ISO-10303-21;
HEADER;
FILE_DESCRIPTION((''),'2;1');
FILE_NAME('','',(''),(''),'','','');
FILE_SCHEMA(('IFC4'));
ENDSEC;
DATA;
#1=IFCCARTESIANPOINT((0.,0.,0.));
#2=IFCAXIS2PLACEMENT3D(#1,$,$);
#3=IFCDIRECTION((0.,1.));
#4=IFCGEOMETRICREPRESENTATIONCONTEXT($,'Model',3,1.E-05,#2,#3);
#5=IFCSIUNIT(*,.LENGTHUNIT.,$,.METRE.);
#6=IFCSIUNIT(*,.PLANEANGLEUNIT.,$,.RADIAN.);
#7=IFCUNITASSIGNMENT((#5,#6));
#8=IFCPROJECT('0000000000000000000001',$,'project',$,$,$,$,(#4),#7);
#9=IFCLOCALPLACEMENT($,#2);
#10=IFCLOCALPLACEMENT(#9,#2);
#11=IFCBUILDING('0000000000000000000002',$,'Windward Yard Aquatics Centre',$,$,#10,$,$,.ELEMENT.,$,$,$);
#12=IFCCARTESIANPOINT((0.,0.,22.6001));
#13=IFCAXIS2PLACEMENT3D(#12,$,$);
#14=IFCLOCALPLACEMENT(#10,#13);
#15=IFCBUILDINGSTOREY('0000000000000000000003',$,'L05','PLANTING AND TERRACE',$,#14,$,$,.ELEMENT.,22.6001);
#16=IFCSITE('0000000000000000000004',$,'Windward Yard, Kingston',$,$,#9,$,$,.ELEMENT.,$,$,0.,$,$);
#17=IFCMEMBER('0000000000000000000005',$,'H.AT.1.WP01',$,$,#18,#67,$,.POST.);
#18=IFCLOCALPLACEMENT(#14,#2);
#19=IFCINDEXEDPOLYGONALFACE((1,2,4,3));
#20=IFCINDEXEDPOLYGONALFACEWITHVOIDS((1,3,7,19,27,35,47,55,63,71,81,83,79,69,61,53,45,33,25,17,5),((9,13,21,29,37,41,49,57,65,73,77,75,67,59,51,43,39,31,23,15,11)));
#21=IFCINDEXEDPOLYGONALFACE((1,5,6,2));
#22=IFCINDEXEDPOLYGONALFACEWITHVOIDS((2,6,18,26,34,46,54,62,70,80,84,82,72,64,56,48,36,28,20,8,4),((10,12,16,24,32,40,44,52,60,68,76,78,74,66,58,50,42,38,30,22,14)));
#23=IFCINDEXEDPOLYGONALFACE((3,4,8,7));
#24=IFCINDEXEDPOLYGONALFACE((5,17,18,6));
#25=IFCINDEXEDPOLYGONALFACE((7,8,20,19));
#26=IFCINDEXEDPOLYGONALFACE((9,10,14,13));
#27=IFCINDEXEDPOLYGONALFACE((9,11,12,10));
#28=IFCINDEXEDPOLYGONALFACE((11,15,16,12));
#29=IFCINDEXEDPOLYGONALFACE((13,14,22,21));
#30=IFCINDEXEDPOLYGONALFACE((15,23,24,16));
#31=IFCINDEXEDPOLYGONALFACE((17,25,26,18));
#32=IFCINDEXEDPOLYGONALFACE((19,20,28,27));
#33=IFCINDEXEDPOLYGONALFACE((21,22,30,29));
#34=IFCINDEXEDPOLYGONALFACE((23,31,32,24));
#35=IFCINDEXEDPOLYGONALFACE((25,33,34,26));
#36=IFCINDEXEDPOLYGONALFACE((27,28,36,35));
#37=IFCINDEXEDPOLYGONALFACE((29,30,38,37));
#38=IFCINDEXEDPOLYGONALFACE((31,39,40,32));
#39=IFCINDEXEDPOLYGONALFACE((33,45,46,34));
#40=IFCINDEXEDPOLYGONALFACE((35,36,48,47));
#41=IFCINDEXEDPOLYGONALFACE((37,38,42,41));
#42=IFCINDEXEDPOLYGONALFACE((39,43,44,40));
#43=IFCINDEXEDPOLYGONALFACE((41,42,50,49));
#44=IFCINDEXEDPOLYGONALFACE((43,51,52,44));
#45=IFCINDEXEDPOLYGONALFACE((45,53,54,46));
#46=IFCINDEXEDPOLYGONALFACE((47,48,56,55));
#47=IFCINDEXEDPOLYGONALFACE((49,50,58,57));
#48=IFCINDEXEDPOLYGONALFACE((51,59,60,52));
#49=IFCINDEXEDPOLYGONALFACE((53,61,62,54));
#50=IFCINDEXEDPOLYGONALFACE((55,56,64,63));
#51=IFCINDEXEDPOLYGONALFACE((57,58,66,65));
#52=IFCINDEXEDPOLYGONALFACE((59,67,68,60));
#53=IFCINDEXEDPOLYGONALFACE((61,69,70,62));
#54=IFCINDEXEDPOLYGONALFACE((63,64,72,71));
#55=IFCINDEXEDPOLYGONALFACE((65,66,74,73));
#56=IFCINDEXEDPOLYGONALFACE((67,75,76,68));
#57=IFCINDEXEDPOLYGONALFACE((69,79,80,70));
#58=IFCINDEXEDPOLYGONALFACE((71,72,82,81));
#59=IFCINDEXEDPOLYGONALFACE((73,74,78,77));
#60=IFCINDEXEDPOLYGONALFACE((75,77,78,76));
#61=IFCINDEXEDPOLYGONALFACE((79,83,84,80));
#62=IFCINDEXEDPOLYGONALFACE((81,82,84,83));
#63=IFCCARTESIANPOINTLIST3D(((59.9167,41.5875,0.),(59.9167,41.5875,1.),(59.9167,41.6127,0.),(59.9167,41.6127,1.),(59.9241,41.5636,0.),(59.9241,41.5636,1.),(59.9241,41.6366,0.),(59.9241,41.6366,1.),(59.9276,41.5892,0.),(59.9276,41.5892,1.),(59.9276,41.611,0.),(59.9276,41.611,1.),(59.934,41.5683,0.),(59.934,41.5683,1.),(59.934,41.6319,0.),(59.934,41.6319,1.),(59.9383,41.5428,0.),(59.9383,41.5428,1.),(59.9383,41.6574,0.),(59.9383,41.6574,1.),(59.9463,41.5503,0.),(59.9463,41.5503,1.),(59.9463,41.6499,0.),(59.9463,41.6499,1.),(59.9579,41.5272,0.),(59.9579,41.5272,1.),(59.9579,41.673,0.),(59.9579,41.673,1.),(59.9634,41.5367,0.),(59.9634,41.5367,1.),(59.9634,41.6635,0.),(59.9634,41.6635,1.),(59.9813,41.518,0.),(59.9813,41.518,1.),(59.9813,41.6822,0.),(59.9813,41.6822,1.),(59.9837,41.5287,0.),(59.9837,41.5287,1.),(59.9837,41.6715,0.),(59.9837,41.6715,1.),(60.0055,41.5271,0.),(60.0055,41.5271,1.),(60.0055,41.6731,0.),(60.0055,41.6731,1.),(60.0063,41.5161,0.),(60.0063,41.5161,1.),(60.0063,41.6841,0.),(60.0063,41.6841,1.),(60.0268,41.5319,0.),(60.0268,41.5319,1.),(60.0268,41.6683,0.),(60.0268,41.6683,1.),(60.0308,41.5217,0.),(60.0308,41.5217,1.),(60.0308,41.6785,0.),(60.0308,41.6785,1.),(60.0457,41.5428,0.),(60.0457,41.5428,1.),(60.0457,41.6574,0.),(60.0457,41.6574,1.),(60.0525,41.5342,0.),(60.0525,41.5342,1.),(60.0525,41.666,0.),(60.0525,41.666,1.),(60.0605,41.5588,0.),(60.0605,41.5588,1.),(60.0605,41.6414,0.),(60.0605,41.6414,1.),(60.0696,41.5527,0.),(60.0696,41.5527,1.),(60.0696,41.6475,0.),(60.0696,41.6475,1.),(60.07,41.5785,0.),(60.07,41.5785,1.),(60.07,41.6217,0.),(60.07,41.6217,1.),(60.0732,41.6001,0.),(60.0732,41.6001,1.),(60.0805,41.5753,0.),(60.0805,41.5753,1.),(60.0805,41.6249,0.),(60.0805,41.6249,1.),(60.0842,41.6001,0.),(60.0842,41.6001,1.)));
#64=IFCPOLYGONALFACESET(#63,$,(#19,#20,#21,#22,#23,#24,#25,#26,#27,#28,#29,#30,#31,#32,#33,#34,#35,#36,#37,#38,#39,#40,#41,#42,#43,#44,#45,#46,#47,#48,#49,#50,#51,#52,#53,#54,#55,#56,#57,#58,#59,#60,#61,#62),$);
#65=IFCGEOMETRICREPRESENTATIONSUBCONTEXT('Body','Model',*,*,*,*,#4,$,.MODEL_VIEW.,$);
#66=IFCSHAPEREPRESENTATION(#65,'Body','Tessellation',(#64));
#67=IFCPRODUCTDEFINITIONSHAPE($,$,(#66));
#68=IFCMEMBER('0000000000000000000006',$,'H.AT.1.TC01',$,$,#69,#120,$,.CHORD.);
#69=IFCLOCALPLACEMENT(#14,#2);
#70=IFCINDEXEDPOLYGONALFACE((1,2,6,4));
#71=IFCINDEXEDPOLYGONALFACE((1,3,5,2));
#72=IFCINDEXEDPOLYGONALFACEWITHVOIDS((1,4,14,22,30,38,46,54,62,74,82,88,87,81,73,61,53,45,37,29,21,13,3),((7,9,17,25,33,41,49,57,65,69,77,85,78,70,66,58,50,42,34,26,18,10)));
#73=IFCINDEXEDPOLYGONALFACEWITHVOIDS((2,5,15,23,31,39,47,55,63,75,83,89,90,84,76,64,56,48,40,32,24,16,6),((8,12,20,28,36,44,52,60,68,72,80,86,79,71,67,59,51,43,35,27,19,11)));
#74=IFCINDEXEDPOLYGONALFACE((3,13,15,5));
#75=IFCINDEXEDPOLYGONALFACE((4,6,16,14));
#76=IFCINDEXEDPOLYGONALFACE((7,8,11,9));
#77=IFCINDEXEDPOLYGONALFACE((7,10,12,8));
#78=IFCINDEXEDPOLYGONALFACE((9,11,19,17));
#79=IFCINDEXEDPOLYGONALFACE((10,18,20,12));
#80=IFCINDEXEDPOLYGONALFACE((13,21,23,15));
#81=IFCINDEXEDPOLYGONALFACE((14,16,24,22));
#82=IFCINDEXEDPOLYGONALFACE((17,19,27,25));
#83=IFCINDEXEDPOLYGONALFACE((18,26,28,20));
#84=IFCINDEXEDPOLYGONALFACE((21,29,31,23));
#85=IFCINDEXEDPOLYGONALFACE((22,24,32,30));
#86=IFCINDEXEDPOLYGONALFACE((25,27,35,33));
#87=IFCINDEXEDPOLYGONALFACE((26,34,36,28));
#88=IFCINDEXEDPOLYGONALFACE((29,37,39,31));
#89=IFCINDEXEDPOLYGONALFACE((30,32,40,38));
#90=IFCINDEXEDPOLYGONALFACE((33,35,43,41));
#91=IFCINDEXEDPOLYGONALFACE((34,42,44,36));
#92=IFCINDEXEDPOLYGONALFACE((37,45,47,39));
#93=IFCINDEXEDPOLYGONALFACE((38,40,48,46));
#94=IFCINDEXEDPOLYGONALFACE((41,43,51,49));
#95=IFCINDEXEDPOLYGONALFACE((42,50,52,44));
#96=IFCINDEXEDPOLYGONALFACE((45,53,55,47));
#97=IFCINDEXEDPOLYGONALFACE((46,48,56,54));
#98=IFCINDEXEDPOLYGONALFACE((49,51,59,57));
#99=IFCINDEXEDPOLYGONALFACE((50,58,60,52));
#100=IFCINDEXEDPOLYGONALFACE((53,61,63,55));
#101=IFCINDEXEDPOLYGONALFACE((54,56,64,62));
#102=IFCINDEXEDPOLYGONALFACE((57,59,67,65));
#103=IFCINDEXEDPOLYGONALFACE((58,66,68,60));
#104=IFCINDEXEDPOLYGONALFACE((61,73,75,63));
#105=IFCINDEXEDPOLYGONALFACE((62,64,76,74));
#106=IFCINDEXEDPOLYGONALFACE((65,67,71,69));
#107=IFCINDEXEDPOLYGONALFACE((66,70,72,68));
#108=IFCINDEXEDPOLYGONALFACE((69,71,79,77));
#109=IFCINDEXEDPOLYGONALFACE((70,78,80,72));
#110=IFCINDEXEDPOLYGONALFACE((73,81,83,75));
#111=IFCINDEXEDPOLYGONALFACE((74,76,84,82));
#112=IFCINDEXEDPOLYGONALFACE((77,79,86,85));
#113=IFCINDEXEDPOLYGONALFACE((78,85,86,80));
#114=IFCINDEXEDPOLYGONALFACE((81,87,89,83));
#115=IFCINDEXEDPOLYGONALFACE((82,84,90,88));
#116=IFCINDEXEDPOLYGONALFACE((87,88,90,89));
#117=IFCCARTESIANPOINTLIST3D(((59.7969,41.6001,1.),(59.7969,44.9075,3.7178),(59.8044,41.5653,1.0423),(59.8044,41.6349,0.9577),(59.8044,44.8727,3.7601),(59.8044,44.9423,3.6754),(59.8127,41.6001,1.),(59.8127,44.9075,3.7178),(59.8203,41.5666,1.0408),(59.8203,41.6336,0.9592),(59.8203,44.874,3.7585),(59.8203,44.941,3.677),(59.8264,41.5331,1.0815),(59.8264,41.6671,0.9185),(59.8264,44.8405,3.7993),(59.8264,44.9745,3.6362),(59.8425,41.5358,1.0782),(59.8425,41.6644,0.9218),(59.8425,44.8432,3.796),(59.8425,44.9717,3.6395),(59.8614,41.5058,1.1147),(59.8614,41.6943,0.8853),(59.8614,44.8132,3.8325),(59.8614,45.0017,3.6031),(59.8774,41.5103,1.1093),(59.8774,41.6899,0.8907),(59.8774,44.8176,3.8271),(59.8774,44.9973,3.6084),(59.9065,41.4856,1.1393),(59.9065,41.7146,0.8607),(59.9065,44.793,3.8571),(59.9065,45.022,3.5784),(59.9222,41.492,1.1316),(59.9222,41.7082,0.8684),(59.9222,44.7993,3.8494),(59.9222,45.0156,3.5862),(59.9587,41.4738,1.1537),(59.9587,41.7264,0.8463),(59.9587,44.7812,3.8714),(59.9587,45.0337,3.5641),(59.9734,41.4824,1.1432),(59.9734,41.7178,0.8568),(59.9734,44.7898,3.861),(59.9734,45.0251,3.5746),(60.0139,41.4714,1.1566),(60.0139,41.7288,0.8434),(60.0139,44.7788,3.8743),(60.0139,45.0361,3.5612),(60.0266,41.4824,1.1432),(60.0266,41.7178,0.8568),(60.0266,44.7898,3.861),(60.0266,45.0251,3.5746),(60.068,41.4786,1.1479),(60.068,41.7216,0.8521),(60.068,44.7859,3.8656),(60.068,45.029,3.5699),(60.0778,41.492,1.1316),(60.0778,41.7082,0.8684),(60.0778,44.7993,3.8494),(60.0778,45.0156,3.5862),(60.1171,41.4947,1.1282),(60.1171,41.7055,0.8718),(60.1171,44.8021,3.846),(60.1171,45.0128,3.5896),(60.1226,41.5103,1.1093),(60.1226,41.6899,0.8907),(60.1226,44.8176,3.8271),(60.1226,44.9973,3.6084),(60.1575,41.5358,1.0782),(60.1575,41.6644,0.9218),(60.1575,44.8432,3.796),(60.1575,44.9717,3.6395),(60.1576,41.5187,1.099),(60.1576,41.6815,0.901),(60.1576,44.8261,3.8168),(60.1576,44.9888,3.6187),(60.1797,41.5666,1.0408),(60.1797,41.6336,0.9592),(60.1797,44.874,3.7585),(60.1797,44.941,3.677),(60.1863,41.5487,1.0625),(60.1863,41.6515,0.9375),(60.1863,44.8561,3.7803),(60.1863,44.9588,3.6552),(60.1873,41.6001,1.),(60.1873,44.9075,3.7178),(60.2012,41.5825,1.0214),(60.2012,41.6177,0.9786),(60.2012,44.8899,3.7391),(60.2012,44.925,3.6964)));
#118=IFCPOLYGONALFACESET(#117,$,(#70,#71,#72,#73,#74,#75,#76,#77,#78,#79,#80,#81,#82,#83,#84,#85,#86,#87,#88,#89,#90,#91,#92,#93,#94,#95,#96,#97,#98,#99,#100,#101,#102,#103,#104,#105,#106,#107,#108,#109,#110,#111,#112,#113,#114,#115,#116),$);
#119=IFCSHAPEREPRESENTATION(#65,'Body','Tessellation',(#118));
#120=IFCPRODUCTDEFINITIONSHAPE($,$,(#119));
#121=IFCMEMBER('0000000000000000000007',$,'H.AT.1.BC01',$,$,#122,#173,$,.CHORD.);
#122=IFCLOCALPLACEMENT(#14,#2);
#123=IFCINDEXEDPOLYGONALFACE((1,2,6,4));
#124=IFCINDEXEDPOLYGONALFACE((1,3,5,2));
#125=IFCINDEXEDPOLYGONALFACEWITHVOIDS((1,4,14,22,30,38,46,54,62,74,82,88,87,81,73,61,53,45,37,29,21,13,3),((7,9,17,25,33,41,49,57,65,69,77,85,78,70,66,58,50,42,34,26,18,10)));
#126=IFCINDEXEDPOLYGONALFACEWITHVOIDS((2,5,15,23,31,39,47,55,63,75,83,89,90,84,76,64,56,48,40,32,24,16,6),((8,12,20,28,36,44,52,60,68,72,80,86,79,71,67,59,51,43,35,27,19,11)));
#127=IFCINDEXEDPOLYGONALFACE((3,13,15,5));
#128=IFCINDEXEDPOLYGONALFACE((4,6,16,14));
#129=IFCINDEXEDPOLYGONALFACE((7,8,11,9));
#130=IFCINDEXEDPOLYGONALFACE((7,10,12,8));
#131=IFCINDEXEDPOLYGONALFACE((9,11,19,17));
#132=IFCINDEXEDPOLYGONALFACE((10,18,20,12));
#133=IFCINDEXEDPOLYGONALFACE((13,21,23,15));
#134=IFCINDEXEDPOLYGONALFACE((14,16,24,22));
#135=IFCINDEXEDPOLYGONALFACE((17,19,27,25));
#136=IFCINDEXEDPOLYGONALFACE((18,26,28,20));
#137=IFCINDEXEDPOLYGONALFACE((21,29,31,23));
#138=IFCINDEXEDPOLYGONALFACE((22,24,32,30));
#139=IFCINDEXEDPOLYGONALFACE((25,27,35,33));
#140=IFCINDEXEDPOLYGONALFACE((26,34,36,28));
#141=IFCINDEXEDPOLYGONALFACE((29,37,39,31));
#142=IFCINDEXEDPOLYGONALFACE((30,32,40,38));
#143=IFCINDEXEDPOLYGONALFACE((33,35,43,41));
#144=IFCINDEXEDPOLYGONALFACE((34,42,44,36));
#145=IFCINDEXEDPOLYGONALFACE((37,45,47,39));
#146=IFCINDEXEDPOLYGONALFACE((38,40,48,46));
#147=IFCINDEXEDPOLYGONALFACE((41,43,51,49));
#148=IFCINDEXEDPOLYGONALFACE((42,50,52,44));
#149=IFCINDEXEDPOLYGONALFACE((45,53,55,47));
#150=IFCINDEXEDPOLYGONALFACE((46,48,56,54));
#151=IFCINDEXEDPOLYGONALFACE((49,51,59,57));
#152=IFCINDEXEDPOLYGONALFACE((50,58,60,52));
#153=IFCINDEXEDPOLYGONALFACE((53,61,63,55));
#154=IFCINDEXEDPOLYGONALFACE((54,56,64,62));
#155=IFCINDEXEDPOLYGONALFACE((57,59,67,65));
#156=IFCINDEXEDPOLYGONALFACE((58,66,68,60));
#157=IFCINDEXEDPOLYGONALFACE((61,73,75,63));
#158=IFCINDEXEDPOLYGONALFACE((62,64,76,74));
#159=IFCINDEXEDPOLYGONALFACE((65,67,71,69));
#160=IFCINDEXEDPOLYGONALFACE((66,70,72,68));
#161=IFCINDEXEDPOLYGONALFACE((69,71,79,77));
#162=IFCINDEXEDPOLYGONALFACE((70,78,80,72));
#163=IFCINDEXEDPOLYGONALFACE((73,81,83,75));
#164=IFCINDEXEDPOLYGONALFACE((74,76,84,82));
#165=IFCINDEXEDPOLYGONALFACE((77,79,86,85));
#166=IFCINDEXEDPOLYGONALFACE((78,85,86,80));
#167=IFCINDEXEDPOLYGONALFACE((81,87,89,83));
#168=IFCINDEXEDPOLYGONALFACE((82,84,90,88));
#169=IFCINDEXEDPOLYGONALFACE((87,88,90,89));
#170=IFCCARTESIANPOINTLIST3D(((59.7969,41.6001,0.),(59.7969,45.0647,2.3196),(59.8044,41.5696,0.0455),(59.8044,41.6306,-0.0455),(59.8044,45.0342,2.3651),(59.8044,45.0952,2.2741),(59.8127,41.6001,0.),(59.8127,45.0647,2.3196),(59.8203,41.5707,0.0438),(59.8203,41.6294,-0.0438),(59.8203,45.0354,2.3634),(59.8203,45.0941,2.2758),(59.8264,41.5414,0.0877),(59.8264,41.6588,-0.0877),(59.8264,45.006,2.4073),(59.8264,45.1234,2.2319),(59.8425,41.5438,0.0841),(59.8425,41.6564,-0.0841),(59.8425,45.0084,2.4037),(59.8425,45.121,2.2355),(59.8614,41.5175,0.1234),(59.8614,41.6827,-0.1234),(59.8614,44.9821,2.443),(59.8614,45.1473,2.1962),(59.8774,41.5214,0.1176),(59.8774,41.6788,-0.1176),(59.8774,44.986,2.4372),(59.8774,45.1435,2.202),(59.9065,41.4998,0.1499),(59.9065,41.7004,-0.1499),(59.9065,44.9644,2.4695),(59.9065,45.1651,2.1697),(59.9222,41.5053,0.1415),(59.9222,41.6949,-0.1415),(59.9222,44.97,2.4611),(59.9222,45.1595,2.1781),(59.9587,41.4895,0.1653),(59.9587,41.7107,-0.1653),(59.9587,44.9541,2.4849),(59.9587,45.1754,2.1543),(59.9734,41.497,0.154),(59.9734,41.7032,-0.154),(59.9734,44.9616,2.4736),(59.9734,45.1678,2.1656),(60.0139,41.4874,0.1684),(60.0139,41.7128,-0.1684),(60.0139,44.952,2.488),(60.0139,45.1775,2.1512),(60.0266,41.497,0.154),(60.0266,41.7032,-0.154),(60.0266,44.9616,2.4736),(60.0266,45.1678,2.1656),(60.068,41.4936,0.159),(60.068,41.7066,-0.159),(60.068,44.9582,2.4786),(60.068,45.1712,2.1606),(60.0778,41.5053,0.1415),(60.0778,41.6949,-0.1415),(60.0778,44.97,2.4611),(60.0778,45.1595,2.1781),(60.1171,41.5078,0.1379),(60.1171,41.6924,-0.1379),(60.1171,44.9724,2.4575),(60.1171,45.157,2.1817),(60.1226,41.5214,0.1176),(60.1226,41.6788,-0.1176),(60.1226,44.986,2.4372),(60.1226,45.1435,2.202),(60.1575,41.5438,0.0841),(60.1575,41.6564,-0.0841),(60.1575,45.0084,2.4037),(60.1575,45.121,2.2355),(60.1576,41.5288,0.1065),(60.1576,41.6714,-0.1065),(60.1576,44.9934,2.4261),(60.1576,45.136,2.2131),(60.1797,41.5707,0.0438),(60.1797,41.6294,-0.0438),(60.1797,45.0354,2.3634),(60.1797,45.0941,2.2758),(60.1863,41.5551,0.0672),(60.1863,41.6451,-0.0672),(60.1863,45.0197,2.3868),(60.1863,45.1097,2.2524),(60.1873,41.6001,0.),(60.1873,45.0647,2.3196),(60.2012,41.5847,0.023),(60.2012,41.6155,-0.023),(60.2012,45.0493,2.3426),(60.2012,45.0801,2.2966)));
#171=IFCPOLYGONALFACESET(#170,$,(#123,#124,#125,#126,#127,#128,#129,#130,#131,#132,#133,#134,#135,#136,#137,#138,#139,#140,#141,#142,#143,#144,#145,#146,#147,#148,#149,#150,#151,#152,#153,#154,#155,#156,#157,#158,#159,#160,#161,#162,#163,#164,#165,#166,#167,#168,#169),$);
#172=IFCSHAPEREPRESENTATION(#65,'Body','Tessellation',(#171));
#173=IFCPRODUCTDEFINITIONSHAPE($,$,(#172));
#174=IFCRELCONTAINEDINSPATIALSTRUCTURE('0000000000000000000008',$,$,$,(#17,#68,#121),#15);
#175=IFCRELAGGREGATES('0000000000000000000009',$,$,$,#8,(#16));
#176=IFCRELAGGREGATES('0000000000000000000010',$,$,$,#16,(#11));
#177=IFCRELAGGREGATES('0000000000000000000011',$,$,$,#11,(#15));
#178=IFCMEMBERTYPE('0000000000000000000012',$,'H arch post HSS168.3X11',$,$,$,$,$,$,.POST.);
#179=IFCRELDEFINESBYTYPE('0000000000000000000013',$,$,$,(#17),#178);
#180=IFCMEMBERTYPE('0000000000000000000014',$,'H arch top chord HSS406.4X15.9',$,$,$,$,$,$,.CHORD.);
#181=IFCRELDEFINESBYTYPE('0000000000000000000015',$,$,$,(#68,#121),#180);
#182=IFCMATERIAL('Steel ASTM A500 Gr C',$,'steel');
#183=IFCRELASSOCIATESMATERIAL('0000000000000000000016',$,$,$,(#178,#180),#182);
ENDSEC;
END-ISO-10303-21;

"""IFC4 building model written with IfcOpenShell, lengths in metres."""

from ifc_helpers import new_model, si_unit, direction, frame, origin, origin_2d, place, context, subcontext, project, spatial, hollow_circle, extrude, material, material_profile, profile_set, type_object, element, save


model = new_model("IFC4")

# Units and contexts
model_context = context("Model", 3, precision=1e-05, world=origin(), true_north=direction((0.0, 1.0)))
body_context = subcontext(model_context, "Body", "Model", "MODEL_VIEW")
ifc_project = project(units=[si_unit("LENGTHUNIT", "METRE"), si_unit("PLANEANGLEUNIT", "RADIAN")], contexts=[model_context])

# Site, building, storey
site_placement = place(None, origin())
site = spatial("IfcSite", under=ifc_project, at=site_placement, Name="Windward Yard, Kingston", CompositionType="ELEMENT", RefElevation=0.0)
building_placement = place(site_placement, origin())
building = spatial("IfcBuilding", under=site, at=building_placement, Name="Windward Yard Aquatics Centre", CompositionType="ELEMENT")
storey_placement = place(building_placement, frame((0.0, 0.0, 22.6001)))
storey = spatial("IfcBuildingStorey", under=building, at=storey_placement, Name="L05", Description="PLANTING AND TERRACE", CompositionType="ELEMENT", Elevation=22.6001)

# Members
ifc_material_1 = material(Name="Steel ASTM A500 Gr C", Category="steel")
ifc_material_profile_1 = material_profile(ifc_material_1, hollow_circle(Radius=0.0842, WallThickness=0.011, at=origin_2d()), Name="HSS168.3X11")
ifc_profile_set_1 = profile_set([ifc_material_profile_1], Name="Steel ASTM A500 Gr C")
member_type_1 = type_object("IfcMemberType", Name="H arch post HSS168.3X11", PredefinedType="POST", material=ifc_profile_set_1)
member_1_placement = place(storey_placement, frame((60.0, 41.6001, 0.0), z_axis=(0.0, 0.0, 1.0), x_axis=(1.0, 0.0, 0.0)))
element("IfcMember", 1, at=member_1_placement, inside=storey, type_object=member_type_1, Name="H.AT.1.WP01", PredefinedType="POST", context=body_context, shape_type="SweptSolid", body=[
    extrude(hollow_circle(Radius=0.0842, WallThickness=0.011, at=origin_2d()), origin(), (0.0, 0.0, 1.0), 1.0),
])
ifc_material_profile_2 = material_profile(ifc_material_1, hollow_circle(Radius=0.2031, WallThickness=0.0159, at=origin_2d()), Name="HSS406.4X15.9")
ifc_profile_set_2 = profile_set([ifc_material_profile_2], Name="Steel ASTM A500 Gr C")
member_type_2 = type_object("IfcMemberType", Name="H arch top chord HSS406.4X15.9", PredefinedType="CHORD", material=ifc_profile_set_2)
member_2_placement = place(storey_placement, frame((60.0, 41.6001, 1.0), z_axis=(0.0, 0.772611, 0.634879), x_axis=(-1.0, 0.0, 0.0)))
element("IfcMember", 2, at=member_2_placement, inside=storey, type_object=member_type_2, Name="H.AT.1.TC01", PredefinedType="CHORD", context=body_context, shape_type="SweptSolid", body=[
    extrude(hollow_circle(Radius=0.2031, WallThickness=0.0159, at=origin_2d()), origin(), (0.0, 0.0, 1.0), 4.2808),
])
member_3_placement = place(storey_placement, frame((60.0, 41.6001, 0.0), z_axis=(0.0, 0.830959, 0.556334), x_axis=(-1.0, 0.0, 0.0)))
element("IfcMember", 3, at=member_3_placement, inside=storey, type_object=member_type_2, Name="H.AT.1.BC01", PredefinedType="CHORD", context=body_context, shape_type="SweptSolid", body=[
    extrude(hollow_circle(Radius=0.2031, WallThickness=0.0159, at=origin_2d()), origin(), (0.0, 0.0, 1.0), 4.1694),
])

save(model, "model.ifc")
